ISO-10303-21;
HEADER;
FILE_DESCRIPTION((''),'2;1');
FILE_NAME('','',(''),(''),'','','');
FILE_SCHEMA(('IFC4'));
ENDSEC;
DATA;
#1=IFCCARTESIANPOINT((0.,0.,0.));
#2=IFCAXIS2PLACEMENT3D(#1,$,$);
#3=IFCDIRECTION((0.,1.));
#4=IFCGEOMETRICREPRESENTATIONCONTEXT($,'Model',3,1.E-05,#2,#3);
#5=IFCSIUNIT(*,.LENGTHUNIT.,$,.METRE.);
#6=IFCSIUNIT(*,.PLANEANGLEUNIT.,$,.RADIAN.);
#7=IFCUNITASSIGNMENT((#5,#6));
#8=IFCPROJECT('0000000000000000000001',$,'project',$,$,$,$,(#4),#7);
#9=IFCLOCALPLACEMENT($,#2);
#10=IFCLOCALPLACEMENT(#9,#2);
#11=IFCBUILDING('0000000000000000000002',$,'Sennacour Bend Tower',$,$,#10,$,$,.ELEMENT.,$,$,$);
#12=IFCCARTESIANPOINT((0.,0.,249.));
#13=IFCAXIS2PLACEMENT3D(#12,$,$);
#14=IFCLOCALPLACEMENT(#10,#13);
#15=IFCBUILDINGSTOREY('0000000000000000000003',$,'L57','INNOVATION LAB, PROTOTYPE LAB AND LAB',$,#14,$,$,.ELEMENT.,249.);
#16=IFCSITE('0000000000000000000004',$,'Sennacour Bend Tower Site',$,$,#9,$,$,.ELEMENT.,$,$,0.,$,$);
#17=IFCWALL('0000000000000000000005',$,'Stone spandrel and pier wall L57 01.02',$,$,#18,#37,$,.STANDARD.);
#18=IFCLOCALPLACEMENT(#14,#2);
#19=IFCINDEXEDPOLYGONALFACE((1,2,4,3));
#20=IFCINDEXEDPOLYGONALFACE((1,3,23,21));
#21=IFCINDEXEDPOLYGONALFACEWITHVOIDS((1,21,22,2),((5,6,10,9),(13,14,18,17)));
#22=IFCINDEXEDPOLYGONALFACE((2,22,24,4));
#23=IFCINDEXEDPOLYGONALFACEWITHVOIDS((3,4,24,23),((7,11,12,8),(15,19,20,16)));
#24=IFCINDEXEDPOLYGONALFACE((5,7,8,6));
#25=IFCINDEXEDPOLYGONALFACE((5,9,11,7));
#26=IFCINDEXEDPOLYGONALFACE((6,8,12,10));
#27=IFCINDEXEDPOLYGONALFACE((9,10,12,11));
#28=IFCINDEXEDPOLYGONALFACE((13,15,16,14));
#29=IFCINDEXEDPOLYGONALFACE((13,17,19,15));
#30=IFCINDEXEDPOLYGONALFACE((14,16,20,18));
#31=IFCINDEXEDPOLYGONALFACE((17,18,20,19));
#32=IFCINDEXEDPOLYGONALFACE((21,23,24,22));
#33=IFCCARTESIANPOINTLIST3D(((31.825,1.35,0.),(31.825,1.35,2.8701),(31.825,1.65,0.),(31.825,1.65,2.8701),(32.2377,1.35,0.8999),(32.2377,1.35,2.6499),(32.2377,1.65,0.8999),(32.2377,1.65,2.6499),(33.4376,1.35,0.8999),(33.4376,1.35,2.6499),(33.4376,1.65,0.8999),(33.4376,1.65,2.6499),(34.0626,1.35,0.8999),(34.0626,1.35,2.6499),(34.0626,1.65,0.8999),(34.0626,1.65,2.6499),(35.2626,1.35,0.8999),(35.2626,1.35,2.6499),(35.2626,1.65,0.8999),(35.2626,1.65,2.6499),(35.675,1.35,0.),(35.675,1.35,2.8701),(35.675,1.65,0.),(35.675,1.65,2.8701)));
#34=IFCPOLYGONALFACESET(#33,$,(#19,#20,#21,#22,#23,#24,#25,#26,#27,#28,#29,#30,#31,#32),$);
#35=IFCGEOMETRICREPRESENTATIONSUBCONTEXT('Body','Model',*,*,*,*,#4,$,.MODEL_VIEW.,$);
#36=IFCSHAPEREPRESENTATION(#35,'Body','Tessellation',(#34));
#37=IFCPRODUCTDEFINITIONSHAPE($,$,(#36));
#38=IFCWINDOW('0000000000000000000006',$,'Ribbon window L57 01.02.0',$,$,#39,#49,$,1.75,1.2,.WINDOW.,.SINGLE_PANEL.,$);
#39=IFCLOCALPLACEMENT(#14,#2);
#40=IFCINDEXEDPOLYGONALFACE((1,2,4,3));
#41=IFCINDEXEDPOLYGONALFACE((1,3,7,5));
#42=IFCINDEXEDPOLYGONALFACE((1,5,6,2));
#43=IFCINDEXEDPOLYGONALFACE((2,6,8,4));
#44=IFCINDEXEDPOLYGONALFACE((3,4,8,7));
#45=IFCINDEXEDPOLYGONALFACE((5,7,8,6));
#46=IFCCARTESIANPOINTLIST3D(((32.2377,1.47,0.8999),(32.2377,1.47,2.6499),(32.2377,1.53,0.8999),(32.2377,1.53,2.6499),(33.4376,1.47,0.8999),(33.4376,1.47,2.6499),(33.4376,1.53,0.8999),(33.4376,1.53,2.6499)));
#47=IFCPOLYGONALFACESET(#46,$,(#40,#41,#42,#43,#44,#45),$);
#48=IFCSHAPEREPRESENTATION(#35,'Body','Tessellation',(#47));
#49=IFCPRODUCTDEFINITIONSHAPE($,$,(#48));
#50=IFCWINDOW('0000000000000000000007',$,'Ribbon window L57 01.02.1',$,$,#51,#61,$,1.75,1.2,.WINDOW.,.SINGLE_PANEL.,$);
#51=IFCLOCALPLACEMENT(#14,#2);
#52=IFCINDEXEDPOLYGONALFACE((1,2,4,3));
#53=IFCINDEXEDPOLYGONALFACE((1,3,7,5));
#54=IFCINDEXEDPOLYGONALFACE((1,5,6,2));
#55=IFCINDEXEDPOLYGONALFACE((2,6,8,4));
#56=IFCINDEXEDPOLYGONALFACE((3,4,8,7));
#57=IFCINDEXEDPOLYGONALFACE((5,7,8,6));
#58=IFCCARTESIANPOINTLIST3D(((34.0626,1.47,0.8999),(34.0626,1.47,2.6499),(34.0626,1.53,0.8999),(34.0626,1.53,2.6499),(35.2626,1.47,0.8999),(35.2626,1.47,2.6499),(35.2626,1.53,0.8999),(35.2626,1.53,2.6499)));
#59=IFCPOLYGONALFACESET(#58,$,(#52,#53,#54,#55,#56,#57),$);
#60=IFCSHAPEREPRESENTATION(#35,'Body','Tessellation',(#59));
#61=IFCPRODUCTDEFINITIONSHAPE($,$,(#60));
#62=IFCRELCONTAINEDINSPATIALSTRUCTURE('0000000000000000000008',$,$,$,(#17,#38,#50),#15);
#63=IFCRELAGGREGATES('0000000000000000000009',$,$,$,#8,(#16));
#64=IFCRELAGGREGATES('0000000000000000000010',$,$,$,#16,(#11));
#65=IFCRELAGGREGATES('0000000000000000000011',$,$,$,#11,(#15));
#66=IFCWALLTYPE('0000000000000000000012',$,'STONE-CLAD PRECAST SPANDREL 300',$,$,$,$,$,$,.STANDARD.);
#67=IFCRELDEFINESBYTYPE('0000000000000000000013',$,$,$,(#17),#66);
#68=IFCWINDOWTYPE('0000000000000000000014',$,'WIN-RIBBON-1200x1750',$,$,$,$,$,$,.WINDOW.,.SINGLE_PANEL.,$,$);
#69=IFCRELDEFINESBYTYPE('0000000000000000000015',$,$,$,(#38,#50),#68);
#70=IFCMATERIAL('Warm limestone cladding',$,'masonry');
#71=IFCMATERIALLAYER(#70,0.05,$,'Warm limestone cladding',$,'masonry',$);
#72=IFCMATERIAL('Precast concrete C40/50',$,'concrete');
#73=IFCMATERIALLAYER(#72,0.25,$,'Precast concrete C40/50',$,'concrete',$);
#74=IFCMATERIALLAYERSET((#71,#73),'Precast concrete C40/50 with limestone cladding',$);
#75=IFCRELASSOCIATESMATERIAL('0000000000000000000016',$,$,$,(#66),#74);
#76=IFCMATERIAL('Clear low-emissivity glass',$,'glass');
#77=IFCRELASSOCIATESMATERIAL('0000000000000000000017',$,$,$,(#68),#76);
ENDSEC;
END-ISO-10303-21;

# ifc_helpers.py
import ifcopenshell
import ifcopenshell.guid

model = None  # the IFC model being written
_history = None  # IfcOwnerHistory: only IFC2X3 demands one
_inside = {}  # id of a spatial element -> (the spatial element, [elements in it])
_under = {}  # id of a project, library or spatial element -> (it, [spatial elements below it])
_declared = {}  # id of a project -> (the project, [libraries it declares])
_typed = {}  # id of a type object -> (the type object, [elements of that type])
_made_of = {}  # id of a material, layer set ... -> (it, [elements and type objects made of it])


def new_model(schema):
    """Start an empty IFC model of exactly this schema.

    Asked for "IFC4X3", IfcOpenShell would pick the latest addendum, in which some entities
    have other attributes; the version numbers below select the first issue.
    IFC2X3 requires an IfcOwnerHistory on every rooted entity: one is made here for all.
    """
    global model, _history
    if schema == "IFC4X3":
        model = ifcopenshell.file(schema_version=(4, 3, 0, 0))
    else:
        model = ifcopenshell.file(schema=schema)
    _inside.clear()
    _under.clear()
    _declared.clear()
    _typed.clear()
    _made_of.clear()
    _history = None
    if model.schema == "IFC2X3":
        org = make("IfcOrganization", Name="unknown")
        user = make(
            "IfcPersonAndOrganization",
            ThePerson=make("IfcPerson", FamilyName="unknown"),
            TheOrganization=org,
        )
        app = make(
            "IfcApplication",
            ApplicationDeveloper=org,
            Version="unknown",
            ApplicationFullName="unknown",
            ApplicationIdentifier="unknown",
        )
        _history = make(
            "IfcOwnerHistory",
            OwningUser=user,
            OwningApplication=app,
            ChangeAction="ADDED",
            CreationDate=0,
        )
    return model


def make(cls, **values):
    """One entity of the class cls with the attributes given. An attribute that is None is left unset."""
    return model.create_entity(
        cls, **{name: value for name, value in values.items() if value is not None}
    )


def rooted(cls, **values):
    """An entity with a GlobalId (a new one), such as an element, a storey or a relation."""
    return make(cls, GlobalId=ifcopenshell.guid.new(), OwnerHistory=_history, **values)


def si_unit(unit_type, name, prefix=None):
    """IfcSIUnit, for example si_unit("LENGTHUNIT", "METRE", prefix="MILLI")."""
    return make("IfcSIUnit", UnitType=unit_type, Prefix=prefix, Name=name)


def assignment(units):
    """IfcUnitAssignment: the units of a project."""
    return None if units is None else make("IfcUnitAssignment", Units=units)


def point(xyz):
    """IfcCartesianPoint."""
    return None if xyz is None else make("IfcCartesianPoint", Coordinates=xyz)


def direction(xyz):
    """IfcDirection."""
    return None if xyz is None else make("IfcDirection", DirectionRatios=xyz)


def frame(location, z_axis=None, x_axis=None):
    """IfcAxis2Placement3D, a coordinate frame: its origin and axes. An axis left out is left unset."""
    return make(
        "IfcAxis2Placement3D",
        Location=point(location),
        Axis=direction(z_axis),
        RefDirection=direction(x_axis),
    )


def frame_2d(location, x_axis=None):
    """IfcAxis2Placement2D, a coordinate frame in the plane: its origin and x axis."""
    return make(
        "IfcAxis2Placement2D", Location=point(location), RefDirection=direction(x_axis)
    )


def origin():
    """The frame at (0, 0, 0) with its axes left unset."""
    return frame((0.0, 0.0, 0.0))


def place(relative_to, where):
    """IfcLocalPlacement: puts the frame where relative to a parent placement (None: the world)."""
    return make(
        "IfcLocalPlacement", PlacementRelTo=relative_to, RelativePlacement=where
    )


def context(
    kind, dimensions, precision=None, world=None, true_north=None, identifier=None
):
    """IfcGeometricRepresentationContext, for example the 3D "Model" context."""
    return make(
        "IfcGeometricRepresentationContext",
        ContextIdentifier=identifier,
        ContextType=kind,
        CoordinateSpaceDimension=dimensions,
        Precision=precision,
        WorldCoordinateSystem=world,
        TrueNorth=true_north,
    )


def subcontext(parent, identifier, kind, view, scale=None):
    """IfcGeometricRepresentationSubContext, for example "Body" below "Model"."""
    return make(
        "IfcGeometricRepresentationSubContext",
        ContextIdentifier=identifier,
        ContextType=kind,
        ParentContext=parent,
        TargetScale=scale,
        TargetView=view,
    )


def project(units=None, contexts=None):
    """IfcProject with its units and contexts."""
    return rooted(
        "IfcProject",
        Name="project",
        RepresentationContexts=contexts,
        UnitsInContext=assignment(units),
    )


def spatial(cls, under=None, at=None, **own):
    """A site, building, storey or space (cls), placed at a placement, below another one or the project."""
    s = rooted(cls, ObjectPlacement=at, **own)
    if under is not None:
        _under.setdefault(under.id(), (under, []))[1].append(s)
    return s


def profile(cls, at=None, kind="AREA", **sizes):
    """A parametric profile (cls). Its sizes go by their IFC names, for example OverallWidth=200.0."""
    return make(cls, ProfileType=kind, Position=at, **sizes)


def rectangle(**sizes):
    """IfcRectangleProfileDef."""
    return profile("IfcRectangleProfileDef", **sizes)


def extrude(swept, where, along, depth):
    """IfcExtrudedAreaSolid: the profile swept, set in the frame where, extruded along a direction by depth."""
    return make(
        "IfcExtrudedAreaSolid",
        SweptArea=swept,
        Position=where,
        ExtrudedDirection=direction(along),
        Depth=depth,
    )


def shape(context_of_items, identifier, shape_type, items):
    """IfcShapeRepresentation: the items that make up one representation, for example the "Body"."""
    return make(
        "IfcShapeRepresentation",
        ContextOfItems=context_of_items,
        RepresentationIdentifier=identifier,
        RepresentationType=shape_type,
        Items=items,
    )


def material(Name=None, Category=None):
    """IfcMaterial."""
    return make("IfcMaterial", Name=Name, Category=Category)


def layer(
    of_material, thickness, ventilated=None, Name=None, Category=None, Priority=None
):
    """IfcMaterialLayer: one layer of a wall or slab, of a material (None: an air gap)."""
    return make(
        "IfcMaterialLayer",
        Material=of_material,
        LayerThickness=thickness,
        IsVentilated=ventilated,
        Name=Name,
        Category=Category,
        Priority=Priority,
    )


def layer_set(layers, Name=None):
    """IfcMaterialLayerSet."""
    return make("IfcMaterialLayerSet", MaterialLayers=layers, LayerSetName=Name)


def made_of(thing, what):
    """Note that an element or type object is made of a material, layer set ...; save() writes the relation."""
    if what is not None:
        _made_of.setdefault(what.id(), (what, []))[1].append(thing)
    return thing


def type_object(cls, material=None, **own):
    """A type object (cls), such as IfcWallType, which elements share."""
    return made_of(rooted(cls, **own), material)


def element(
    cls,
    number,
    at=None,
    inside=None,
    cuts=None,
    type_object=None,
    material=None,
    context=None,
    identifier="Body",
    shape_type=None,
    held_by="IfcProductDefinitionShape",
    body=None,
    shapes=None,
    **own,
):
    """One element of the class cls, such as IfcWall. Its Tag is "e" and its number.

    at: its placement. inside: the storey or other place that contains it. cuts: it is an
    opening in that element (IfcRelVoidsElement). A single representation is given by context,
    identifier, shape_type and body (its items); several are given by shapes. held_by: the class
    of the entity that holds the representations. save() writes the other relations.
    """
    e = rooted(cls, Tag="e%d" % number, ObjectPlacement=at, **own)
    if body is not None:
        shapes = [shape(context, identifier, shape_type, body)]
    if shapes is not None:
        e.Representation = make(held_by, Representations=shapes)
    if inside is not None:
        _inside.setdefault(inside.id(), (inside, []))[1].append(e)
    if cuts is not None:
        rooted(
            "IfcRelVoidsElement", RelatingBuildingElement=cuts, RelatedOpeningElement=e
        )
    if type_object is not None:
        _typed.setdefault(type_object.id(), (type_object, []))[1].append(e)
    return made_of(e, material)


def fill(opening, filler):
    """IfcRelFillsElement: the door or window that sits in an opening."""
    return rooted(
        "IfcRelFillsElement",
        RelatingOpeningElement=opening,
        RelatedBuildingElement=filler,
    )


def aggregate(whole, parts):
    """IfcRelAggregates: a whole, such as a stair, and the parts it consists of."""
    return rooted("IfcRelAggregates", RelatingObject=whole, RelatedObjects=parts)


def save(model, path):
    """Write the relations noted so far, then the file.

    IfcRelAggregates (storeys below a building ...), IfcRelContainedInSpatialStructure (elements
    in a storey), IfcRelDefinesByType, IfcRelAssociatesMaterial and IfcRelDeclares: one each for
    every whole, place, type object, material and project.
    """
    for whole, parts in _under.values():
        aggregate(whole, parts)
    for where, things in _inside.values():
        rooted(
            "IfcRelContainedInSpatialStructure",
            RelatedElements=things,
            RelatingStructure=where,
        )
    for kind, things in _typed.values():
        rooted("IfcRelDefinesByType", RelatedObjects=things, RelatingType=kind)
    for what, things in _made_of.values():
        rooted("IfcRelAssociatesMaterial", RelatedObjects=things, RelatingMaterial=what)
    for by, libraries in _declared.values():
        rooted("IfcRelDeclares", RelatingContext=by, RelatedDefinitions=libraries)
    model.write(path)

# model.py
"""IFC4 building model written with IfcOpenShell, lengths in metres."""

from ifc_helpers import new_model, si_unit, direction, frame, frame_2d, origin, place, context, subcontext, project, spatial, rectangle, extrude, material, layer, layer_set, type_object, element, fill, save


model = new_model("IFC4")

# Units and contexts
model_context = context("Model", 3, precision=1e-05, world=origin(), true_north=direction((0.0, 1.0)))
body_context = subcontext(model_context, "Body", "Model", "MODEL_VIEW")
ifc_project = project(units=[si_unit("LENGTHUNIT", "METRE"), si_unit("PLANEANGLEUNIT", "RADIAN")], contexts=[model_context])

# Site, building, storey
site_placement = place(None, origin())
site = spatial("IfcSite", under=ifc_project, at=site_placement, Name="Sennacour Bend Tower Site", CompositionType="ELEMENT", RefElevation=0.0)
building_placement = place(site_placement, origin())
building = spatial("IfcBuilding", under=site, at=building_placement, Name="Sennacour Bend Tower", CompositionType="ELEMENT")
storey_placement = place(building_placement, frame((0.0, 0.0, 249.0)))
storey = spatial("IfcBuildingStorey", under=building, at=storey_placement, Name="L57", Description="INNOVATION LAB, PROTOTYPE LAB AND LAB", CompositionType="ELEMENT", Elevation=249.0)

# Shared definitions
ifc_material_1 = material(Name="Warm limestone cladding", Category="masonry")
ifc_layer_1 = layer(ifc_material_1, 0.05, Name="Warm limestone cladding", Category="masonry")
ifc_material_2 = material(Name="Precast concrete C40/50", Category="concrete")
ifc_layer_2 = layer(ifc_material_2, 0.25, Name="Precast concrete C40/50", Category="concrete")
ifc_layer_set_1 = layer_set([ifc_layer_1, ifc_layer_2], Name="Precast concrete C40/50 with limestone cladding")
wall_type_1 = type_object("IfcWallType", Name="STONE-CLAD PRECAST SPANDREL 300", PredefinedType="STANDARD", material=ifc_layer_set_1)

# Wall, openings, windows
ifc_material_3 = material(Name="Clear low-emissivity glass", Category="glass")
window_type = type_object("IfcWindowType", Name="WIN-RIBBON-1200x1750", PartitioningType="SINGLE_PANEL", PredefinedType="WINDOW", material=ifc_material_3)
wall_1_placement = place(storey_placement, frame((31.825, 1.5, 0.0), z_axis=(0.0, 0.0, 1.0), x_axis=(1.0, 0.0, 0.0)))
wall_1 = element("IfcWall", 1, at=wall_1_placement, inside=storey, type_object=wall_type_1, Name="Stone spandrel and pier wall L57 01.02", PredefinedType="STANDARD", context=body_context, shape_type="SweptSolid", body=[
    extrude(rectangle(XDim=3.8501, YDim=0.3, at=frame_2d((1.925, 0.0))), origin(), (0.0, 0.0, 1.0), 2.8701),
])
opening_1_placement = place(wall_1_placement, frame((0.4126, 0.0, 0.8999)))
opening_1 = element("IfcOpeningElement", 2, at=opening_1_placement, cuts=wall_1, PredefinedType="OPENING", context=body_context, shape_type="SweptSolid", body=[
    extrude(rectangle(XDim=1.2, YDim=1.75, at=frame_2d((0.6001, 0.875))), frame((0.0, 0.1602, 0.0), z_axis=(0.0, -1.0, 0.0), x_axis=(1.0, 0.0, 0.0)), (0.0, 0.0, 1.0), 0.3201),
])
opening_2_placement = place(wall_1_placement, frame((2.2375, 0.0, 0.8999)))
opening_2 = element("IfcOpeningElement", 3, at=opening_2_placement, cuts=wall_1, PredefinedType="OPENING", context=body_context, shape_type="SweptSolid", body=[
    extrude(rectangle(XDim=1.2, YDim=1.75, at=frame_2d((0.6001, 0.875))), frame((0.0, 0.1602, 0.0), z_axis=(0.0, -1.0, 0.0), x_axis=(1.0, 0.0, 0.0)), (0.0, 0.0, 1.0), 0.3201),
])
window_1_placement = place(opening_1_placement, origin())
window_1 = element("IfcWindow", 4, at=window_1_placement, inside=storey, type_object=window_type, Name="Ribbon window L57 01.02.0", OverallHeight=1.75, OverallWidth=1.2, PartitioningType="SINGLE_PANEL", PredefinedType="WINDOW", context=body_context, shape_type="SweptSolid", body=[
    extrude(rectangle(XDim=1.2, YDim=1.75, at=frame_2d((0.6001, 0.875))), frame((0.0, 0.03, 0.0), z_axis=(0.0, -1.0, 0.0), x_axis=(1.0, 0.0, 0.0)), (0.0, 0.0, 1.0), 0.0601),
])
fill(opening_1, window_1)
window_2_placement = place(opening_2_placement, origin())
window_2 = element("IfcWindow", 5, at=window_2_placement, inside=storey, type_object=window_type, Name="Ribbon window L57 01.02.1", OverallHeight=1.75, OverallWidth=1.2, PartitioningType="SINGLE_PANEL", PredefinedType="WINDOW", context=body_context, shape_type="SweptSolid", body=[
    extrude(rectangle(XDim=1.2, YDim=1.75, at=frame_2d((0.6001, 0.875))), frame((0.0, 0.03, 0.0), z_axis=(0.0, -1.0, 0.0), x_axis=(1.0, 0.0, 0.0)), (0.0, 0.0, 1.0), 0.0601),
])
fill(opening_2, window_2)

save(model, "model.ifc")
